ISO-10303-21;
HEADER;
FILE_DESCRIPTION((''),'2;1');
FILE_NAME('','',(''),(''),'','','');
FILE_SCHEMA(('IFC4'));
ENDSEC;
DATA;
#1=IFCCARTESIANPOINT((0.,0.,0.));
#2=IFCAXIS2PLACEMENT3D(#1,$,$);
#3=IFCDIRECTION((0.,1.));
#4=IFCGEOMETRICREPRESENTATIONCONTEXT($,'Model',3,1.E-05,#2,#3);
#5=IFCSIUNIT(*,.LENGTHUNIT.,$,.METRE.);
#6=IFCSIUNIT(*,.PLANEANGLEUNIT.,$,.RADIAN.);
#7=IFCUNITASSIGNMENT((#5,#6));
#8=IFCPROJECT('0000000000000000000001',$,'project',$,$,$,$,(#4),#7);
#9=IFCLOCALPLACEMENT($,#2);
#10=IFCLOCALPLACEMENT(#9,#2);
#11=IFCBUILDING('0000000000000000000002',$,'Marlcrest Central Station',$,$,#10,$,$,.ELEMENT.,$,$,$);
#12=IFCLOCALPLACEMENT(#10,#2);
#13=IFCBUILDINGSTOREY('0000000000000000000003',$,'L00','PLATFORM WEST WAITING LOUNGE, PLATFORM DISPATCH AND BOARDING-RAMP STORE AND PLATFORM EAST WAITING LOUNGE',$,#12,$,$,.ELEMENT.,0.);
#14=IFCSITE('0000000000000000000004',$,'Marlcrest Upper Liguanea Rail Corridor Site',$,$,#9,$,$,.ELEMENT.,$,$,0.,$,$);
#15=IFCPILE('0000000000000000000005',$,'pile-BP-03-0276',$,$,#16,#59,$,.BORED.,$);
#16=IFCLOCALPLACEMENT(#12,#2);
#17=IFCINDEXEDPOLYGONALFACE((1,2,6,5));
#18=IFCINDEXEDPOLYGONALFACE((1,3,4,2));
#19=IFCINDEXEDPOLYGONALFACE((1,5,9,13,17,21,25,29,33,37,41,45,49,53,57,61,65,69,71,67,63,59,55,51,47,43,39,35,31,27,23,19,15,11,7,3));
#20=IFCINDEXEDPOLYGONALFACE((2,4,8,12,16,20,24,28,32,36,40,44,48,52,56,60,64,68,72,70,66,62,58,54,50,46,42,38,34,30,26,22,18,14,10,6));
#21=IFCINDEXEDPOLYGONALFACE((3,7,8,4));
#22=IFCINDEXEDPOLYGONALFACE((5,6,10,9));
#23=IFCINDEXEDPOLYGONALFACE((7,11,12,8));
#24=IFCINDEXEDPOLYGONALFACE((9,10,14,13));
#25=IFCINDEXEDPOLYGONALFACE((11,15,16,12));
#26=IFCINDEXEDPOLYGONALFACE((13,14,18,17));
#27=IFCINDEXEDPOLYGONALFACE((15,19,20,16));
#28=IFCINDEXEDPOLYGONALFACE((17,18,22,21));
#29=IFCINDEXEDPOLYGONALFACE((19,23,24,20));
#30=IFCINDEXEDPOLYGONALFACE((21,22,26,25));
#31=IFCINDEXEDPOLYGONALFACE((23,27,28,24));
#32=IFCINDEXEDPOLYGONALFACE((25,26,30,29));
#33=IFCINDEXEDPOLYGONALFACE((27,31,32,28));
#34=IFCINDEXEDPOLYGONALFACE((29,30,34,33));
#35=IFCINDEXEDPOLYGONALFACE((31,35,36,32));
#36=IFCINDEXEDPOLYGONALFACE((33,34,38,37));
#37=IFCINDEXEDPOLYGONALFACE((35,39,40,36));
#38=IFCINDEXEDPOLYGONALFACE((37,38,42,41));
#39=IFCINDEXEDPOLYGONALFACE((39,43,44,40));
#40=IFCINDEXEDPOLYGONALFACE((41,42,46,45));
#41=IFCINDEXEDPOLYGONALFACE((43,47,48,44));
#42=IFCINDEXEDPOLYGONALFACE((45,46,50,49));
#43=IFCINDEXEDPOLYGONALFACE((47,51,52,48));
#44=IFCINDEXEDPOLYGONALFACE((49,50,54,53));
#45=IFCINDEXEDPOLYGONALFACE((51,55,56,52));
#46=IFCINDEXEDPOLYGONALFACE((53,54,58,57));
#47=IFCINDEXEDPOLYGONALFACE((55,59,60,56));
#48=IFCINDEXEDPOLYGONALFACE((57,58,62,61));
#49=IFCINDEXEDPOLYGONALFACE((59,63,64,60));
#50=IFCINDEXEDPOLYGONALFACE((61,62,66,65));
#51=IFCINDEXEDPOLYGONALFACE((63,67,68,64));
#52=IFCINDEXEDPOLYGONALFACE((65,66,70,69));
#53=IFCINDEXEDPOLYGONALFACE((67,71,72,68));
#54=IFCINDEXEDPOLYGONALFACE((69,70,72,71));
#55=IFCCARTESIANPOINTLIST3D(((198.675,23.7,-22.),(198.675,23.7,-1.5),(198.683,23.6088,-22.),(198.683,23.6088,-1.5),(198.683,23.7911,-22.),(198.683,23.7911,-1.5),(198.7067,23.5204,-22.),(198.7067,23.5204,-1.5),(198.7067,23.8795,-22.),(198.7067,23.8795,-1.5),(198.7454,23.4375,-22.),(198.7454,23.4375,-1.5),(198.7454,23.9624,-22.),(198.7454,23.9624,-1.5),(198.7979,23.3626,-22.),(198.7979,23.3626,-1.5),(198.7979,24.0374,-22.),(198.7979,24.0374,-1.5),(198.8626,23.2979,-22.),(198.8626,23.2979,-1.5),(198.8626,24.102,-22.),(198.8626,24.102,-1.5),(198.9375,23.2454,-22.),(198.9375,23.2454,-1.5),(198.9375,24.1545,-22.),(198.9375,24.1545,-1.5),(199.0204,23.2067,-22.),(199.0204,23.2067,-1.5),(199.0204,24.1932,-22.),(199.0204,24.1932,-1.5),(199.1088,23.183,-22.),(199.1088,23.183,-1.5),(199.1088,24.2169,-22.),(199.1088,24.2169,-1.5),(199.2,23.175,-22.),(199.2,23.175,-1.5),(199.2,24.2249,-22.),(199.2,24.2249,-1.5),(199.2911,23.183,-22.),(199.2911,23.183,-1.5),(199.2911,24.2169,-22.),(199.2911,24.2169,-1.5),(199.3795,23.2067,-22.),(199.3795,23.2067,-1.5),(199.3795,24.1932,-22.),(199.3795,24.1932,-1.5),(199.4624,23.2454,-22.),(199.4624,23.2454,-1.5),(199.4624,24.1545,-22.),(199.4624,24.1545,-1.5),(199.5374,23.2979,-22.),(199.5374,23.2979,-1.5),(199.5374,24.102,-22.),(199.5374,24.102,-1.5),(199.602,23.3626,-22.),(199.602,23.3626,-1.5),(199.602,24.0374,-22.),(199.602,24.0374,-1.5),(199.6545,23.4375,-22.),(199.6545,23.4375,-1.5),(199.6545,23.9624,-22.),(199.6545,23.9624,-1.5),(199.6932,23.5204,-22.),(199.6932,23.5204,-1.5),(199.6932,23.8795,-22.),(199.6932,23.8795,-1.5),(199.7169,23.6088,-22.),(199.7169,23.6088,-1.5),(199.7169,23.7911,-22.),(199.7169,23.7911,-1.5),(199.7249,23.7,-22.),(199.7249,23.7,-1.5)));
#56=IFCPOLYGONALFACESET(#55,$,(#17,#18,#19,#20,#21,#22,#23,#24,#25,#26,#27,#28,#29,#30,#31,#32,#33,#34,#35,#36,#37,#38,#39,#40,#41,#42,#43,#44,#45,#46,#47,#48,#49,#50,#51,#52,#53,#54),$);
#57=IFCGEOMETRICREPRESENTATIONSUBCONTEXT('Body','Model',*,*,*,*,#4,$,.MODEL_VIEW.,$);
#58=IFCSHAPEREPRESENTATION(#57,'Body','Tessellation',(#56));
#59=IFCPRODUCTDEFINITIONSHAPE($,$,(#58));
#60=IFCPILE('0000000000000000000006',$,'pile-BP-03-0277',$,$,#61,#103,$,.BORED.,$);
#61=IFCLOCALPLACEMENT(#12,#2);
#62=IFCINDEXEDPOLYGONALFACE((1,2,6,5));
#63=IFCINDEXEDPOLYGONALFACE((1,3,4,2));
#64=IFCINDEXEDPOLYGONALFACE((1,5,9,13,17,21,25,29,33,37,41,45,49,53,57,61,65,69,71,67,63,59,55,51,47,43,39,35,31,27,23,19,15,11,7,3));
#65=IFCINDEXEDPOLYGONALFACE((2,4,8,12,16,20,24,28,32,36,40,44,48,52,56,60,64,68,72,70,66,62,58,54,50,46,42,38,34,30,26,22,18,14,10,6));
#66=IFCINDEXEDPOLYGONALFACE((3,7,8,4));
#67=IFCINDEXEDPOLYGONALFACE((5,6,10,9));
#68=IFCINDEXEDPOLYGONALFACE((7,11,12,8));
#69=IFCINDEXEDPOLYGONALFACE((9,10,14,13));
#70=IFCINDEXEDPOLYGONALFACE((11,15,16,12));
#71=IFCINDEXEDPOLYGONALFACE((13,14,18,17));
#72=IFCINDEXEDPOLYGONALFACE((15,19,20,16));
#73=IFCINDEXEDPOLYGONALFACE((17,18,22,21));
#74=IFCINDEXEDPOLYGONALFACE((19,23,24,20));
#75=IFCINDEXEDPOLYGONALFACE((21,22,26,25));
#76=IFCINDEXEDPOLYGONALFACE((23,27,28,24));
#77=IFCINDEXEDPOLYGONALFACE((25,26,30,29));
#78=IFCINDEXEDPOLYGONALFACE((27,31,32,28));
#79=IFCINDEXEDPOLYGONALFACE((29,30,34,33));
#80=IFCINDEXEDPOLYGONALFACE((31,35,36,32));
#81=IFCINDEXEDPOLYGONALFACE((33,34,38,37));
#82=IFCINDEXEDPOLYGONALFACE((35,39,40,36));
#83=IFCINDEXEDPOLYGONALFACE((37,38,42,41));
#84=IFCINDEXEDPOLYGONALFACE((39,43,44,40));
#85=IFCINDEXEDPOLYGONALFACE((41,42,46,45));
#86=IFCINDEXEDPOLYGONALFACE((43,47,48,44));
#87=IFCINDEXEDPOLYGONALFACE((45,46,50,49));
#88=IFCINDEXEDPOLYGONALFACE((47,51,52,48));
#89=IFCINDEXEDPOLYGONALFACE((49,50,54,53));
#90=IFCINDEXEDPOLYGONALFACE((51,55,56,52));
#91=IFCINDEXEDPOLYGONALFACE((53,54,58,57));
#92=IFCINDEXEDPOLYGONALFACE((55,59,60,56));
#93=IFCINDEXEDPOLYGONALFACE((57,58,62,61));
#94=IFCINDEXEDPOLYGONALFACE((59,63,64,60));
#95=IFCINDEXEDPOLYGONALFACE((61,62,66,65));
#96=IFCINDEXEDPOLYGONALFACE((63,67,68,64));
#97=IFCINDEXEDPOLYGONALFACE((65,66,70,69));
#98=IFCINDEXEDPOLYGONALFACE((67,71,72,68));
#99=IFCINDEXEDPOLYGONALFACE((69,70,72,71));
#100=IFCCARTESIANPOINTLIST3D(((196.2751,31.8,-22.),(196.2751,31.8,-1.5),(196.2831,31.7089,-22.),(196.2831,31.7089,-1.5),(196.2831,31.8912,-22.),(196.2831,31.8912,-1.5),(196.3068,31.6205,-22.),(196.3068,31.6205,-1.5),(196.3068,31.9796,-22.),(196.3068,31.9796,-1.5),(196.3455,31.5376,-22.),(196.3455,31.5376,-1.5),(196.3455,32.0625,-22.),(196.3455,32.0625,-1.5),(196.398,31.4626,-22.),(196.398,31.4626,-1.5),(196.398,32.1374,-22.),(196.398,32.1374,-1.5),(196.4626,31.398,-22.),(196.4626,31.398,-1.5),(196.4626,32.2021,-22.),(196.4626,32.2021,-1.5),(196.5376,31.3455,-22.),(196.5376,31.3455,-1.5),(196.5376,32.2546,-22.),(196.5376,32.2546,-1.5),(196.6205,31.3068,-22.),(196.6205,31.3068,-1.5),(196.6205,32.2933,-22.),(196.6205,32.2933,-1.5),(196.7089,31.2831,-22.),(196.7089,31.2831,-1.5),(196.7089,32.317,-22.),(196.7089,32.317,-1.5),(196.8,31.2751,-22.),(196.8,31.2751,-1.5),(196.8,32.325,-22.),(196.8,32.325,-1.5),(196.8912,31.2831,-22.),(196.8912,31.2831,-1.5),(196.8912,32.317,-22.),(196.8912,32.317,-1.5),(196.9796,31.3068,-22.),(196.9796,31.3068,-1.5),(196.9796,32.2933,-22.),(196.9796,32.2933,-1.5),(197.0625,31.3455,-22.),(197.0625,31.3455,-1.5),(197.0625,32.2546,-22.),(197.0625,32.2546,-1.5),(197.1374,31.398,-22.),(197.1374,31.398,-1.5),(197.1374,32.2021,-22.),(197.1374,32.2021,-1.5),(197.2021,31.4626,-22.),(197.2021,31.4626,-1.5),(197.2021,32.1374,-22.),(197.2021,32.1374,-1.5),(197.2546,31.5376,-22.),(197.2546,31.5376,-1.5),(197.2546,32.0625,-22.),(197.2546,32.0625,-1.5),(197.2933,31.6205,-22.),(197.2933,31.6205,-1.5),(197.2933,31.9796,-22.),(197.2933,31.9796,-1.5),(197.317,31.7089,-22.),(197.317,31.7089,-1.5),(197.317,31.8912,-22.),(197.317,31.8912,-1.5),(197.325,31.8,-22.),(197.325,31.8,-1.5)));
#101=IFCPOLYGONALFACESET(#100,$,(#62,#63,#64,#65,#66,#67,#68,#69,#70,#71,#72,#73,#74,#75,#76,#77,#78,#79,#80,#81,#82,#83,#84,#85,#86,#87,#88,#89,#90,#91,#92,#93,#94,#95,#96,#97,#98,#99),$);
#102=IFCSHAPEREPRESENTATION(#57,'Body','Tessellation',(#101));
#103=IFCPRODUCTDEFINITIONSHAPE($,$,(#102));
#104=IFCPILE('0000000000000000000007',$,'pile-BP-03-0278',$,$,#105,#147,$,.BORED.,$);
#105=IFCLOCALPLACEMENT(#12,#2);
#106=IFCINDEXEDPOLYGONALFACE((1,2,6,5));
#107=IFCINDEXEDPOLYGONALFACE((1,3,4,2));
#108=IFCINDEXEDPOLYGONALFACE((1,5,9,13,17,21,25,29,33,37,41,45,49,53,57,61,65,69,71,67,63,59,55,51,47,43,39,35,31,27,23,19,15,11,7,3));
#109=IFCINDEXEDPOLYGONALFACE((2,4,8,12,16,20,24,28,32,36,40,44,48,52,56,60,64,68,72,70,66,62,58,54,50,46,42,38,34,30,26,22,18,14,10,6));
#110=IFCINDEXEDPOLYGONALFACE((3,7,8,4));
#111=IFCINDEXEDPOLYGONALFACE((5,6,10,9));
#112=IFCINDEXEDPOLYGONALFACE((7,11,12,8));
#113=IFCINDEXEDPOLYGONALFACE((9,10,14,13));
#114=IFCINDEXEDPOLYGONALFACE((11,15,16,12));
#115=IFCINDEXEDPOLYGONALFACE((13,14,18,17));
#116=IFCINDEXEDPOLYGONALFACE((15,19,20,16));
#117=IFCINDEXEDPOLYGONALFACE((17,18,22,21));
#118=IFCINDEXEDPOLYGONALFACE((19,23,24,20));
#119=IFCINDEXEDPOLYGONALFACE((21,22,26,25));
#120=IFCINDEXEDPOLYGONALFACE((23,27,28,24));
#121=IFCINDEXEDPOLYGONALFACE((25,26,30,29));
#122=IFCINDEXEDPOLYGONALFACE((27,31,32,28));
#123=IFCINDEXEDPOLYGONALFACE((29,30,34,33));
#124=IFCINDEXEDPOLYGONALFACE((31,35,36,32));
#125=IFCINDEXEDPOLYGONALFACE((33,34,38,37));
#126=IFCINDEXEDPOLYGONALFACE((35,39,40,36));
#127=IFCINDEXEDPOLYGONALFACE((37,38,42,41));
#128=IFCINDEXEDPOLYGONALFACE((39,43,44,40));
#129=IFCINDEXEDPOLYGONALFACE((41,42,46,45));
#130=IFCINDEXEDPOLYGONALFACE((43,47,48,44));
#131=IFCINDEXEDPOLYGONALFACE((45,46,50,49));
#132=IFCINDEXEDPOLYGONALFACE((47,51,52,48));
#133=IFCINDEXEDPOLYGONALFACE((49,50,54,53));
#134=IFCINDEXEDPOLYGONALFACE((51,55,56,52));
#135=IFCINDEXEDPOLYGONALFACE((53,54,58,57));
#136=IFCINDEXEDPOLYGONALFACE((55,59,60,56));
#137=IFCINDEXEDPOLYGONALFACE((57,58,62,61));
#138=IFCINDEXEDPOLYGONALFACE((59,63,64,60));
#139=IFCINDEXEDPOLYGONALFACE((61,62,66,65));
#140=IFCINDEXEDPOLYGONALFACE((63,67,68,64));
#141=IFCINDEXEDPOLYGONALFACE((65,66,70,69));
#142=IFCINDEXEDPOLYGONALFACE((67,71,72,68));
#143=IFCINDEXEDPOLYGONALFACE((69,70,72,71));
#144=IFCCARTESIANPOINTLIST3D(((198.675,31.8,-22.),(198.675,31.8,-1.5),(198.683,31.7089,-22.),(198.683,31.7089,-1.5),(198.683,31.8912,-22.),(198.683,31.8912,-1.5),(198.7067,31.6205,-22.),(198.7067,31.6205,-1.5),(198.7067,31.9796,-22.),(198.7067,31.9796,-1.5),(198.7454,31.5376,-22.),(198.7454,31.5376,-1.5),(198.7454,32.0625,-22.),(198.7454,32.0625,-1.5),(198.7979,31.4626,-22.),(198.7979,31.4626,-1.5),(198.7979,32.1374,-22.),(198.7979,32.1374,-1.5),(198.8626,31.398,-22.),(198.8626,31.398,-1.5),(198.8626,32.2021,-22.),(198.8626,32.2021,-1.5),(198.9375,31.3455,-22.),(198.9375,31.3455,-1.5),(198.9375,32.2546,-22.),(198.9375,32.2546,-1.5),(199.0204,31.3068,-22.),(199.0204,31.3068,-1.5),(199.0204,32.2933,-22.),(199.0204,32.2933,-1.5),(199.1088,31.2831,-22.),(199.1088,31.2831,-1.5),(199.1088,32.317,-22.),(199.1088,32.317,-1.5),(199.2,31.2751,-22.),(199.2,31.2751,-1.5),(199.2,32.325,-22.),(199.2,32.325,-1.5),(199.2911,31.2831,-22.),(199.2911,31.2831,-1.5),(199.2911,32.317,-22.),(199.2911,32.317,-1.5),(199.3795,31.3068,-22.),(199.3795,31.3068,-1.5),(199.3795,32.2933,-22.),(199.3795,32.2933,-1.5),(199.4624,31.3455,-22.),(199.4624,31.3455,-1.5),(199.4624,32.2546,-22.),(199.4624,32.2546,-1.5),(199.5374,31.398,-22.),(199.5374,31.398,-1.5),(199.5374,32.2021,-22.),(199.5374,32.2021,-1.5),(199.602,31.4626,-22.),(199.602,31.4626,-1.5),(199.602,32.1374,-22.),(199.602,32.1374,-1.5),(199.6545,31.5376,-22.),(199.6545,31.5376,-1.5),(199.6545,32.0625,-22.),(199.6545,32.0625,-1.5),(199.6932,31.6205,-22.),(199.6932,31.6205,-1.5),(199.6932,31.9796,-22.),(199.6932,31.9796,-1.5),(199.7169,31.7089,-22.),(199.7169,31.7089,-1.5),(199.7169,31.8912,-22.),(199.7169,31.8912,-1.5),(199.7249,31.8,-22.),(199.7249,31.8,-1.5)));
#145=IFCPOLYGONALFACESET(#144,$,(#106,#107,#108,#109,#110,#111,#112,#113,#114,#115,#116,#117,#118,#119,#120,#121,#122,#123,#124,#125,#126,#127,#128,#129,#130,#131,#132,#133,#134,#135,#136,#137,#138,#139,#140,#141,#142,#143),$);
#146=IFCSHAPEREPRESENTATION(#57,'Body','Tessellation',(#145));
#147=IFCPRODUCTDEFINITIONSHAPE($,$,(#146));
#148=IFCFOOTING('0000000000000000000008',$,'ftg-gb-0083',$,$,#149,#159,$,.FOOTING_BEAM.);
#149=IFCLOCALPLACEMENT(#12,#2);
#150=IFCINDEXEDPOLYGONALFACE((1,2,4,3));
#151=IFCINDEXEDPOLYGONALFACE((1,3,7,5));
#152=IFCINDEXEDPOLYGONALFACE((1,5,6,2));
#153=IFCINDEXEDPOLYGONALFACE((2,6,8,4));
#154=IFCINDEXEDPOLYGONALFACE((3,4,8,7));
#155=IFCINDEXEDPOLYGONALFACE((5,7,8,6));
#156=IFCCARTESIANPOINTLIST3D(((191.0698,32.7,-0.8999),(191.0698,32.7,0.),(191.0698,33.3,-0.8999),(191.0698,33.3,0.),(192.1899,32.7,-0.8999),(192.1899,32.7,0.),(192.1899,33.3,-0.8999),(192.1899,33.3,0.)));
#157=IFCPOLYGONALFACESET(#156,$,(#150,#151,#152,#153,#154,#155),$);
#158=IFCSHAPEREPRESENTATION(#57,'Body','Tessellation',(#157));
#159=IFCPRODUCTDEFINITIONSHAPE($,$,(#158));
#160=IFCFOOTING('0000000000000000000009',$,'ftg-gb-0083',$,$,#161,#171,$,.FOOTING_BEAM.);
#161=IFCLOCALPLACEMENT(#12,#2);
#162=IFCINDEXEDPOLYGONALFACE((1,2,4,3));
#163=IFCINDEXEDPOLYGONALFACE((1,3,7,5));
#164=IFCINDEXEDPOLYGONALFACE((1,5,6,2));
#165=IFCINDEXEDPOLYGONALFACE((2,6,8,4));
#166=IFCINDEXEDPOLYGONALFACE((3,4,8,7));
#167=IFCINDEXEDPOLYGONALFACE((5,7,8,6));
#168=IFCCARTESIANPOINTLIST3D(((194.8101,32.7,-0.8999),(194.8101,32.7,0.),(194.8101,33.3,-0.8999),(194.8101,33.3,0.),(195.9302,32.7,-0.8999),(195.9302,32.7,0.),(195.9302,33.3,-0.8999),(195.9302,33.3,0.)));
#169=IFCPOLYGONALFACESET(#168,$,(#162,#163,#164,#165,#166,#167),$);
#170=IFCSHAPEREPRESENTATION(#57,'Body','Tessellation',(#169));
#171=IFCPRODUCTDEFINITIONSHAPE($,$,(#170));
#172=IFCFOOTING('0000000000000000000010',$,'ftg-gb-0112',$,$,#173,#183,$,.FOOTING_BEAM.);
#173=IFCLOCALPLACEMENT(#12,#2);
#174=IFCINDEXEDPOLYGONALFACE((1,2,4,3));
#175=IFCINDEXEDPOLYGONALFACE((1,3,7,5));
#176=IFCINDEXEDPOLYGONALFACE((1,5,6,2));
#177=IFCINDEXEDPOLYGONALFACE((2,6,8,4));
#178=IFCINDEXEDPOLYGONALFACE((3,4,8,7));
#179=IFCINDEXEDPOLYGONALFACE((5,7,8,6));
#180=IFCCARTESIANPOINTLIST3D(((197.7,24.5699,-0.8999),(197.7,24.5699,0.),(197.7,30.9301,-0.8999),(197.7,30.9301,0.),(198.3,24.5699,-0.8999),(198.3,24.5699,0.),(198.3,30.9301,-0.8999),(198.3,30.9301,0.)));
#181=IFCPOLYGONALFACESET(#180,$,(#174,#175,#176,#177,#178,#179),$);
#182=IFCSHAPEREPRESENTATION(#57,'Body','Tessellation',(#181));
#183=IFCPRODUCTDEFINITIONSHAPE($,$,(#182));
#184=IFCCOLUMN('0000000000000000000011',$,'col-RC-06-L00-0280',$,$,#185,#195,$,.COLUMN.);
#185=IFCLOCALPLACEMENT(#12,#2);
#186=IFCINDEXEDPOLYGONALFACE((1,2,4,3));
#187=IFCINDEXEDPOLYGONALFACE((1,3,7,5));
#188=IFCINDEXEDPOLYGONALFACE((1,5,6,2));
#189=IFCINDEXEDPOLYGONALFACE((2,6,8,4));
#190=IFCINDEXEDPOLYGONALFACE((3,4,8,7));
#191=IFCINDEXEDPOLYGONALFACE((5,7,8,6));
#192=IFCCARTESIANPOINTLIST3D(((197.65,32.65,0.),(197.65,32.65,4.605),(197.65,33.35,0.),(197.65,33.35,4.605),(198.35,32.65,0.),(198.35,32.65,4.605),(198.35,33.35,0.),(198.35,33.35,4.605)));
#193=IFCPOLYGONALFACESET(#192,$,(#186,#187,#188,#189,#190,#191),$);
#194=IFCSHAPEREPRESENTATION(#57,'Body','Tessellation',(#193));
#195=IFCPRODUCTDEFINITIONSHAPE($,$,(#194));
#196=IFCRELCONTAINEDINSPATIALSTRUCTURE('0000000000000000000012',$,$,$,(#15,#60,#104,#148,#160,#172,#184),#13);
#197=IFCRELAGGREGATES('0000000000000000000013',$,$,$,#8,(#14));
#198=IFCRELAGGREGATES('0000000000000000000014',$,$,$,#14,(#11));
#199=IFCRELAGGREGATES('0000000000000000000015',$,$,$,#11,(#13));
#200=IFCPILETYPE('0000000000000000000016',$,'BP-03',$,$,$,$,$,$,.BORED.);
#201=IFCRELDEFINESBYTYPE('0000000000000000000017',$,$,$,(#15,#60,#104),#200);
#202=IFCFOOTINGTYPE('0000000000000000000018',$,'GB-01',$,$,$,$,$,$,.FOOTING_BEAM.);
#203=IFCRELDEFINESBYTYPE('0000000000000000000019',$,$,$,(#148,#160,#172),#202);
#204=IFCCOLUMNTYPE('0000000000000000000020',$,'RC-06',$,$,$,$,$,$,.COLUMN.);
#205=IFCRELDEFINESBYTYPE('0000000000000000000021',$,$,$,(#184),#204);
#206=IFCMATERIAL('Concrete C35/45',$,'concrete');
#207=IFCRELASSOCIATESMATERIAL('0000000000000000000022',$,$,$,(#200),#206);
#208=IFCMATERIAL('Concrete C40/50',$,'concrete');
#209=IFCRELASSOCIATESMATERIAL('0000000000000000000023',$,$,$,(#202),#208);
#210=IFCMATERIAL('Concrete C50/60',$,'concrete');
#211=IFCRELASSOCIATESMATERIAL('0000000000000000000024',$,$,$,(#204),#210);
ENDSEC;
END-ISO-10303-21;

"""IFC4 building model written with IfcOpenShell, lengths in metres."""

from ifc_helpers import new_model, si_unit, direction, frame, origin, origin_2d, place, context, subcontext, project, spatial, rectangle, circle, extrude, material, material_profile, profile_set, type_object, element, save


model = new_model("IFC4")

# Units and contexts
model_context = context("Model", 3, precision=1e-05, world=origin(), true_north=direction((0.0, 1.0)))
body_context = subcontext(model_context, "Body", "Model", "MODEL_VIEW")
ifc_project = project(units=[si_unit("LENGTHUNIT", "METRE"), si_unit("PLANEANGLEUNIT", "RADIAN")], contexts=[model_context])

# Site, building, storey
site_placement = place(None, origin())
site = spatial("IfcSite", under=ifc_project, at=site_placement, Name="Marlcrest Upper Liguanea Rail Corridor Site", CompositionType="ELEMENT", RefElevation=0.0)
building_placement = place(site_placement, origin())
building = spatial("IfcBuilding", under=site, at=building_placement, Name="Marlcrest Central Station", CompositionType="ELEMENT")
storey_placement = place(building_placement, origin())
storey = spatial("IfcBuildingStorey", under=building, at=storey_placement, Name="L00", Description="PLATFORM WEST WAITING LOUNGE, PLATFORM DISPATCH AND BOARDING-RAMP STORE AND PLATFORM EAST WAITING LOUNGE", CompositionType="ELEMENT", Elevation=0.0)

# Piles
ifc_material_1 = material(Name="Concrete C35/45", Category="concrete")
ifc_material_profile_1 = material_profile(ifc_material_1, circle(Radius=0.5249, at=origin_2d()), Name="PILE D1050")
ifc_profile_set_1 = profile_set([ifc_material_profile_1], Name="Concrete C35/45")
pile_type_1 = type_object("IfcPileType", Name="BP-03", PredefinedType="BORED", material=ifc_profile_set_1)
for number, where, z_axis, x_axis, name in (
    (1, (199.2, 23.7, -1.5), (0.0, 0.0, -1.0), (1.0, 0.0, 0.0), "pile-BP-03-0276"),
    (2, (196.8, 31.8, -1.5), (0.0, 0.0, -1.0), (1.0, 0.0, 0.0), "pile-BP-03-0277"),
    (3, (199.2, 31.8, -1.5), (0.0, 0.0, -1.0), (1.0, 0.0, 0.0), "pile-BP-03-0278"),
):
    element("IfcPile", number, at=place(storey_placement, frame(where, z_axis=z_axis, x_axis=x_axis)), inside=storey, type_object=pile_type_1, Name=name, PredefinedType="BORED", context=body_context, shape_type="SweptSolid", body=[
        extrude(circle(Radius=0.5249, at=origin_2d()), origin(), (0.0, 0.0, 1.0), 20.5),
    ])

# Footings
ifc_material_2 = material(Name="Concrete C40/50", Category="concrete")
footing_type = type_object("IfcFootingType", Name="GB-01", PredefinedType="FOOTING_BEAM", material=ifc_material_2)
for number, where, z_axis, x_axis, name in (
    (4, (191.6299, 33.0, -0.8999), (0.0, 0.0, 1.0), (1.0, 0.0, 0.0), "ftg-gb-0083"),
    (5, (195.3701, 33.0, -0.8999), (0.0, 0.0, 1.0), (1.0, 0.0, 0.0), "ftg-gb-0083"),
):
    element("IfcFooting", number, at=place(storey_placement, frame(where, z_axis=z_axis, x_axis=x_axis)), inside=storey, type_object=footing_type, Name=name, PredefinedType="FOOTING_BEAM", context=body_context, shape_type="SweptSolid", body=[
        extrude(rectangle(XDim=1.1201, YDim=0.6001, at=origin_2d()), origin(), (0.0, 0.0, 1.0), 0.8999),
    ])
footing_placement = place(storey_placement, frame((198.0, 27.75, -0.8999), z_axis=(0.0, 0.0, 1.0), x_axis=(1.0, 0.0, 0.0)))
element("IfcFooting", 6, at=footing_placement, inside=storey, type_object=footing_type, Name="ftg-gb-0112", PredefinedType="FOOTING_BEAM", context=body_context, shape_type="SweptSolid", body=[
    extrude(rectangle(XDim=0.6001, YDim=6.3601, at=origin_2d()), origin(), (0.0, 0.0, 1.0), 0.8999),
])

# Column
ifc_material_3 = material(Name="Concrete C50/60", Category="concrete")
ifc_material_profile_2 = material_profile(ifc_material_3, rectangle(XDim=0.7, YDim=0.7, at=origin_2d()), Name="RC 700x700")
ifc_profile_set_2 = profile_set([ifc_material_profile_2], Name="Concrete C50/60")
column_type = type_object("IfcColumnType", Name="RC-06", PredefinedType="COLUMN", material=ifc_profile_set_2)
column_placement = place(storey_placement, frame((198.0, 33.0, 0.0), z_axis=(0.0, 0.0, 1.0), x_axis=(1.0, 0.0, 0.0)))
element("IfcColumn", 7, at=column_placement, inside=storey, type_object=column_type, Name="col-RC-06-L00-0280", PredefinedType="COLUMN", context=body_context, shape_type="SweptSolid", body=[
    extrude(rectangle(XDim=0.7, YDim=0.7, at=origin_2d()), origin(), (0.0, 0.0, 1.0), 4.605),
])

save(model, "model.ifc")
